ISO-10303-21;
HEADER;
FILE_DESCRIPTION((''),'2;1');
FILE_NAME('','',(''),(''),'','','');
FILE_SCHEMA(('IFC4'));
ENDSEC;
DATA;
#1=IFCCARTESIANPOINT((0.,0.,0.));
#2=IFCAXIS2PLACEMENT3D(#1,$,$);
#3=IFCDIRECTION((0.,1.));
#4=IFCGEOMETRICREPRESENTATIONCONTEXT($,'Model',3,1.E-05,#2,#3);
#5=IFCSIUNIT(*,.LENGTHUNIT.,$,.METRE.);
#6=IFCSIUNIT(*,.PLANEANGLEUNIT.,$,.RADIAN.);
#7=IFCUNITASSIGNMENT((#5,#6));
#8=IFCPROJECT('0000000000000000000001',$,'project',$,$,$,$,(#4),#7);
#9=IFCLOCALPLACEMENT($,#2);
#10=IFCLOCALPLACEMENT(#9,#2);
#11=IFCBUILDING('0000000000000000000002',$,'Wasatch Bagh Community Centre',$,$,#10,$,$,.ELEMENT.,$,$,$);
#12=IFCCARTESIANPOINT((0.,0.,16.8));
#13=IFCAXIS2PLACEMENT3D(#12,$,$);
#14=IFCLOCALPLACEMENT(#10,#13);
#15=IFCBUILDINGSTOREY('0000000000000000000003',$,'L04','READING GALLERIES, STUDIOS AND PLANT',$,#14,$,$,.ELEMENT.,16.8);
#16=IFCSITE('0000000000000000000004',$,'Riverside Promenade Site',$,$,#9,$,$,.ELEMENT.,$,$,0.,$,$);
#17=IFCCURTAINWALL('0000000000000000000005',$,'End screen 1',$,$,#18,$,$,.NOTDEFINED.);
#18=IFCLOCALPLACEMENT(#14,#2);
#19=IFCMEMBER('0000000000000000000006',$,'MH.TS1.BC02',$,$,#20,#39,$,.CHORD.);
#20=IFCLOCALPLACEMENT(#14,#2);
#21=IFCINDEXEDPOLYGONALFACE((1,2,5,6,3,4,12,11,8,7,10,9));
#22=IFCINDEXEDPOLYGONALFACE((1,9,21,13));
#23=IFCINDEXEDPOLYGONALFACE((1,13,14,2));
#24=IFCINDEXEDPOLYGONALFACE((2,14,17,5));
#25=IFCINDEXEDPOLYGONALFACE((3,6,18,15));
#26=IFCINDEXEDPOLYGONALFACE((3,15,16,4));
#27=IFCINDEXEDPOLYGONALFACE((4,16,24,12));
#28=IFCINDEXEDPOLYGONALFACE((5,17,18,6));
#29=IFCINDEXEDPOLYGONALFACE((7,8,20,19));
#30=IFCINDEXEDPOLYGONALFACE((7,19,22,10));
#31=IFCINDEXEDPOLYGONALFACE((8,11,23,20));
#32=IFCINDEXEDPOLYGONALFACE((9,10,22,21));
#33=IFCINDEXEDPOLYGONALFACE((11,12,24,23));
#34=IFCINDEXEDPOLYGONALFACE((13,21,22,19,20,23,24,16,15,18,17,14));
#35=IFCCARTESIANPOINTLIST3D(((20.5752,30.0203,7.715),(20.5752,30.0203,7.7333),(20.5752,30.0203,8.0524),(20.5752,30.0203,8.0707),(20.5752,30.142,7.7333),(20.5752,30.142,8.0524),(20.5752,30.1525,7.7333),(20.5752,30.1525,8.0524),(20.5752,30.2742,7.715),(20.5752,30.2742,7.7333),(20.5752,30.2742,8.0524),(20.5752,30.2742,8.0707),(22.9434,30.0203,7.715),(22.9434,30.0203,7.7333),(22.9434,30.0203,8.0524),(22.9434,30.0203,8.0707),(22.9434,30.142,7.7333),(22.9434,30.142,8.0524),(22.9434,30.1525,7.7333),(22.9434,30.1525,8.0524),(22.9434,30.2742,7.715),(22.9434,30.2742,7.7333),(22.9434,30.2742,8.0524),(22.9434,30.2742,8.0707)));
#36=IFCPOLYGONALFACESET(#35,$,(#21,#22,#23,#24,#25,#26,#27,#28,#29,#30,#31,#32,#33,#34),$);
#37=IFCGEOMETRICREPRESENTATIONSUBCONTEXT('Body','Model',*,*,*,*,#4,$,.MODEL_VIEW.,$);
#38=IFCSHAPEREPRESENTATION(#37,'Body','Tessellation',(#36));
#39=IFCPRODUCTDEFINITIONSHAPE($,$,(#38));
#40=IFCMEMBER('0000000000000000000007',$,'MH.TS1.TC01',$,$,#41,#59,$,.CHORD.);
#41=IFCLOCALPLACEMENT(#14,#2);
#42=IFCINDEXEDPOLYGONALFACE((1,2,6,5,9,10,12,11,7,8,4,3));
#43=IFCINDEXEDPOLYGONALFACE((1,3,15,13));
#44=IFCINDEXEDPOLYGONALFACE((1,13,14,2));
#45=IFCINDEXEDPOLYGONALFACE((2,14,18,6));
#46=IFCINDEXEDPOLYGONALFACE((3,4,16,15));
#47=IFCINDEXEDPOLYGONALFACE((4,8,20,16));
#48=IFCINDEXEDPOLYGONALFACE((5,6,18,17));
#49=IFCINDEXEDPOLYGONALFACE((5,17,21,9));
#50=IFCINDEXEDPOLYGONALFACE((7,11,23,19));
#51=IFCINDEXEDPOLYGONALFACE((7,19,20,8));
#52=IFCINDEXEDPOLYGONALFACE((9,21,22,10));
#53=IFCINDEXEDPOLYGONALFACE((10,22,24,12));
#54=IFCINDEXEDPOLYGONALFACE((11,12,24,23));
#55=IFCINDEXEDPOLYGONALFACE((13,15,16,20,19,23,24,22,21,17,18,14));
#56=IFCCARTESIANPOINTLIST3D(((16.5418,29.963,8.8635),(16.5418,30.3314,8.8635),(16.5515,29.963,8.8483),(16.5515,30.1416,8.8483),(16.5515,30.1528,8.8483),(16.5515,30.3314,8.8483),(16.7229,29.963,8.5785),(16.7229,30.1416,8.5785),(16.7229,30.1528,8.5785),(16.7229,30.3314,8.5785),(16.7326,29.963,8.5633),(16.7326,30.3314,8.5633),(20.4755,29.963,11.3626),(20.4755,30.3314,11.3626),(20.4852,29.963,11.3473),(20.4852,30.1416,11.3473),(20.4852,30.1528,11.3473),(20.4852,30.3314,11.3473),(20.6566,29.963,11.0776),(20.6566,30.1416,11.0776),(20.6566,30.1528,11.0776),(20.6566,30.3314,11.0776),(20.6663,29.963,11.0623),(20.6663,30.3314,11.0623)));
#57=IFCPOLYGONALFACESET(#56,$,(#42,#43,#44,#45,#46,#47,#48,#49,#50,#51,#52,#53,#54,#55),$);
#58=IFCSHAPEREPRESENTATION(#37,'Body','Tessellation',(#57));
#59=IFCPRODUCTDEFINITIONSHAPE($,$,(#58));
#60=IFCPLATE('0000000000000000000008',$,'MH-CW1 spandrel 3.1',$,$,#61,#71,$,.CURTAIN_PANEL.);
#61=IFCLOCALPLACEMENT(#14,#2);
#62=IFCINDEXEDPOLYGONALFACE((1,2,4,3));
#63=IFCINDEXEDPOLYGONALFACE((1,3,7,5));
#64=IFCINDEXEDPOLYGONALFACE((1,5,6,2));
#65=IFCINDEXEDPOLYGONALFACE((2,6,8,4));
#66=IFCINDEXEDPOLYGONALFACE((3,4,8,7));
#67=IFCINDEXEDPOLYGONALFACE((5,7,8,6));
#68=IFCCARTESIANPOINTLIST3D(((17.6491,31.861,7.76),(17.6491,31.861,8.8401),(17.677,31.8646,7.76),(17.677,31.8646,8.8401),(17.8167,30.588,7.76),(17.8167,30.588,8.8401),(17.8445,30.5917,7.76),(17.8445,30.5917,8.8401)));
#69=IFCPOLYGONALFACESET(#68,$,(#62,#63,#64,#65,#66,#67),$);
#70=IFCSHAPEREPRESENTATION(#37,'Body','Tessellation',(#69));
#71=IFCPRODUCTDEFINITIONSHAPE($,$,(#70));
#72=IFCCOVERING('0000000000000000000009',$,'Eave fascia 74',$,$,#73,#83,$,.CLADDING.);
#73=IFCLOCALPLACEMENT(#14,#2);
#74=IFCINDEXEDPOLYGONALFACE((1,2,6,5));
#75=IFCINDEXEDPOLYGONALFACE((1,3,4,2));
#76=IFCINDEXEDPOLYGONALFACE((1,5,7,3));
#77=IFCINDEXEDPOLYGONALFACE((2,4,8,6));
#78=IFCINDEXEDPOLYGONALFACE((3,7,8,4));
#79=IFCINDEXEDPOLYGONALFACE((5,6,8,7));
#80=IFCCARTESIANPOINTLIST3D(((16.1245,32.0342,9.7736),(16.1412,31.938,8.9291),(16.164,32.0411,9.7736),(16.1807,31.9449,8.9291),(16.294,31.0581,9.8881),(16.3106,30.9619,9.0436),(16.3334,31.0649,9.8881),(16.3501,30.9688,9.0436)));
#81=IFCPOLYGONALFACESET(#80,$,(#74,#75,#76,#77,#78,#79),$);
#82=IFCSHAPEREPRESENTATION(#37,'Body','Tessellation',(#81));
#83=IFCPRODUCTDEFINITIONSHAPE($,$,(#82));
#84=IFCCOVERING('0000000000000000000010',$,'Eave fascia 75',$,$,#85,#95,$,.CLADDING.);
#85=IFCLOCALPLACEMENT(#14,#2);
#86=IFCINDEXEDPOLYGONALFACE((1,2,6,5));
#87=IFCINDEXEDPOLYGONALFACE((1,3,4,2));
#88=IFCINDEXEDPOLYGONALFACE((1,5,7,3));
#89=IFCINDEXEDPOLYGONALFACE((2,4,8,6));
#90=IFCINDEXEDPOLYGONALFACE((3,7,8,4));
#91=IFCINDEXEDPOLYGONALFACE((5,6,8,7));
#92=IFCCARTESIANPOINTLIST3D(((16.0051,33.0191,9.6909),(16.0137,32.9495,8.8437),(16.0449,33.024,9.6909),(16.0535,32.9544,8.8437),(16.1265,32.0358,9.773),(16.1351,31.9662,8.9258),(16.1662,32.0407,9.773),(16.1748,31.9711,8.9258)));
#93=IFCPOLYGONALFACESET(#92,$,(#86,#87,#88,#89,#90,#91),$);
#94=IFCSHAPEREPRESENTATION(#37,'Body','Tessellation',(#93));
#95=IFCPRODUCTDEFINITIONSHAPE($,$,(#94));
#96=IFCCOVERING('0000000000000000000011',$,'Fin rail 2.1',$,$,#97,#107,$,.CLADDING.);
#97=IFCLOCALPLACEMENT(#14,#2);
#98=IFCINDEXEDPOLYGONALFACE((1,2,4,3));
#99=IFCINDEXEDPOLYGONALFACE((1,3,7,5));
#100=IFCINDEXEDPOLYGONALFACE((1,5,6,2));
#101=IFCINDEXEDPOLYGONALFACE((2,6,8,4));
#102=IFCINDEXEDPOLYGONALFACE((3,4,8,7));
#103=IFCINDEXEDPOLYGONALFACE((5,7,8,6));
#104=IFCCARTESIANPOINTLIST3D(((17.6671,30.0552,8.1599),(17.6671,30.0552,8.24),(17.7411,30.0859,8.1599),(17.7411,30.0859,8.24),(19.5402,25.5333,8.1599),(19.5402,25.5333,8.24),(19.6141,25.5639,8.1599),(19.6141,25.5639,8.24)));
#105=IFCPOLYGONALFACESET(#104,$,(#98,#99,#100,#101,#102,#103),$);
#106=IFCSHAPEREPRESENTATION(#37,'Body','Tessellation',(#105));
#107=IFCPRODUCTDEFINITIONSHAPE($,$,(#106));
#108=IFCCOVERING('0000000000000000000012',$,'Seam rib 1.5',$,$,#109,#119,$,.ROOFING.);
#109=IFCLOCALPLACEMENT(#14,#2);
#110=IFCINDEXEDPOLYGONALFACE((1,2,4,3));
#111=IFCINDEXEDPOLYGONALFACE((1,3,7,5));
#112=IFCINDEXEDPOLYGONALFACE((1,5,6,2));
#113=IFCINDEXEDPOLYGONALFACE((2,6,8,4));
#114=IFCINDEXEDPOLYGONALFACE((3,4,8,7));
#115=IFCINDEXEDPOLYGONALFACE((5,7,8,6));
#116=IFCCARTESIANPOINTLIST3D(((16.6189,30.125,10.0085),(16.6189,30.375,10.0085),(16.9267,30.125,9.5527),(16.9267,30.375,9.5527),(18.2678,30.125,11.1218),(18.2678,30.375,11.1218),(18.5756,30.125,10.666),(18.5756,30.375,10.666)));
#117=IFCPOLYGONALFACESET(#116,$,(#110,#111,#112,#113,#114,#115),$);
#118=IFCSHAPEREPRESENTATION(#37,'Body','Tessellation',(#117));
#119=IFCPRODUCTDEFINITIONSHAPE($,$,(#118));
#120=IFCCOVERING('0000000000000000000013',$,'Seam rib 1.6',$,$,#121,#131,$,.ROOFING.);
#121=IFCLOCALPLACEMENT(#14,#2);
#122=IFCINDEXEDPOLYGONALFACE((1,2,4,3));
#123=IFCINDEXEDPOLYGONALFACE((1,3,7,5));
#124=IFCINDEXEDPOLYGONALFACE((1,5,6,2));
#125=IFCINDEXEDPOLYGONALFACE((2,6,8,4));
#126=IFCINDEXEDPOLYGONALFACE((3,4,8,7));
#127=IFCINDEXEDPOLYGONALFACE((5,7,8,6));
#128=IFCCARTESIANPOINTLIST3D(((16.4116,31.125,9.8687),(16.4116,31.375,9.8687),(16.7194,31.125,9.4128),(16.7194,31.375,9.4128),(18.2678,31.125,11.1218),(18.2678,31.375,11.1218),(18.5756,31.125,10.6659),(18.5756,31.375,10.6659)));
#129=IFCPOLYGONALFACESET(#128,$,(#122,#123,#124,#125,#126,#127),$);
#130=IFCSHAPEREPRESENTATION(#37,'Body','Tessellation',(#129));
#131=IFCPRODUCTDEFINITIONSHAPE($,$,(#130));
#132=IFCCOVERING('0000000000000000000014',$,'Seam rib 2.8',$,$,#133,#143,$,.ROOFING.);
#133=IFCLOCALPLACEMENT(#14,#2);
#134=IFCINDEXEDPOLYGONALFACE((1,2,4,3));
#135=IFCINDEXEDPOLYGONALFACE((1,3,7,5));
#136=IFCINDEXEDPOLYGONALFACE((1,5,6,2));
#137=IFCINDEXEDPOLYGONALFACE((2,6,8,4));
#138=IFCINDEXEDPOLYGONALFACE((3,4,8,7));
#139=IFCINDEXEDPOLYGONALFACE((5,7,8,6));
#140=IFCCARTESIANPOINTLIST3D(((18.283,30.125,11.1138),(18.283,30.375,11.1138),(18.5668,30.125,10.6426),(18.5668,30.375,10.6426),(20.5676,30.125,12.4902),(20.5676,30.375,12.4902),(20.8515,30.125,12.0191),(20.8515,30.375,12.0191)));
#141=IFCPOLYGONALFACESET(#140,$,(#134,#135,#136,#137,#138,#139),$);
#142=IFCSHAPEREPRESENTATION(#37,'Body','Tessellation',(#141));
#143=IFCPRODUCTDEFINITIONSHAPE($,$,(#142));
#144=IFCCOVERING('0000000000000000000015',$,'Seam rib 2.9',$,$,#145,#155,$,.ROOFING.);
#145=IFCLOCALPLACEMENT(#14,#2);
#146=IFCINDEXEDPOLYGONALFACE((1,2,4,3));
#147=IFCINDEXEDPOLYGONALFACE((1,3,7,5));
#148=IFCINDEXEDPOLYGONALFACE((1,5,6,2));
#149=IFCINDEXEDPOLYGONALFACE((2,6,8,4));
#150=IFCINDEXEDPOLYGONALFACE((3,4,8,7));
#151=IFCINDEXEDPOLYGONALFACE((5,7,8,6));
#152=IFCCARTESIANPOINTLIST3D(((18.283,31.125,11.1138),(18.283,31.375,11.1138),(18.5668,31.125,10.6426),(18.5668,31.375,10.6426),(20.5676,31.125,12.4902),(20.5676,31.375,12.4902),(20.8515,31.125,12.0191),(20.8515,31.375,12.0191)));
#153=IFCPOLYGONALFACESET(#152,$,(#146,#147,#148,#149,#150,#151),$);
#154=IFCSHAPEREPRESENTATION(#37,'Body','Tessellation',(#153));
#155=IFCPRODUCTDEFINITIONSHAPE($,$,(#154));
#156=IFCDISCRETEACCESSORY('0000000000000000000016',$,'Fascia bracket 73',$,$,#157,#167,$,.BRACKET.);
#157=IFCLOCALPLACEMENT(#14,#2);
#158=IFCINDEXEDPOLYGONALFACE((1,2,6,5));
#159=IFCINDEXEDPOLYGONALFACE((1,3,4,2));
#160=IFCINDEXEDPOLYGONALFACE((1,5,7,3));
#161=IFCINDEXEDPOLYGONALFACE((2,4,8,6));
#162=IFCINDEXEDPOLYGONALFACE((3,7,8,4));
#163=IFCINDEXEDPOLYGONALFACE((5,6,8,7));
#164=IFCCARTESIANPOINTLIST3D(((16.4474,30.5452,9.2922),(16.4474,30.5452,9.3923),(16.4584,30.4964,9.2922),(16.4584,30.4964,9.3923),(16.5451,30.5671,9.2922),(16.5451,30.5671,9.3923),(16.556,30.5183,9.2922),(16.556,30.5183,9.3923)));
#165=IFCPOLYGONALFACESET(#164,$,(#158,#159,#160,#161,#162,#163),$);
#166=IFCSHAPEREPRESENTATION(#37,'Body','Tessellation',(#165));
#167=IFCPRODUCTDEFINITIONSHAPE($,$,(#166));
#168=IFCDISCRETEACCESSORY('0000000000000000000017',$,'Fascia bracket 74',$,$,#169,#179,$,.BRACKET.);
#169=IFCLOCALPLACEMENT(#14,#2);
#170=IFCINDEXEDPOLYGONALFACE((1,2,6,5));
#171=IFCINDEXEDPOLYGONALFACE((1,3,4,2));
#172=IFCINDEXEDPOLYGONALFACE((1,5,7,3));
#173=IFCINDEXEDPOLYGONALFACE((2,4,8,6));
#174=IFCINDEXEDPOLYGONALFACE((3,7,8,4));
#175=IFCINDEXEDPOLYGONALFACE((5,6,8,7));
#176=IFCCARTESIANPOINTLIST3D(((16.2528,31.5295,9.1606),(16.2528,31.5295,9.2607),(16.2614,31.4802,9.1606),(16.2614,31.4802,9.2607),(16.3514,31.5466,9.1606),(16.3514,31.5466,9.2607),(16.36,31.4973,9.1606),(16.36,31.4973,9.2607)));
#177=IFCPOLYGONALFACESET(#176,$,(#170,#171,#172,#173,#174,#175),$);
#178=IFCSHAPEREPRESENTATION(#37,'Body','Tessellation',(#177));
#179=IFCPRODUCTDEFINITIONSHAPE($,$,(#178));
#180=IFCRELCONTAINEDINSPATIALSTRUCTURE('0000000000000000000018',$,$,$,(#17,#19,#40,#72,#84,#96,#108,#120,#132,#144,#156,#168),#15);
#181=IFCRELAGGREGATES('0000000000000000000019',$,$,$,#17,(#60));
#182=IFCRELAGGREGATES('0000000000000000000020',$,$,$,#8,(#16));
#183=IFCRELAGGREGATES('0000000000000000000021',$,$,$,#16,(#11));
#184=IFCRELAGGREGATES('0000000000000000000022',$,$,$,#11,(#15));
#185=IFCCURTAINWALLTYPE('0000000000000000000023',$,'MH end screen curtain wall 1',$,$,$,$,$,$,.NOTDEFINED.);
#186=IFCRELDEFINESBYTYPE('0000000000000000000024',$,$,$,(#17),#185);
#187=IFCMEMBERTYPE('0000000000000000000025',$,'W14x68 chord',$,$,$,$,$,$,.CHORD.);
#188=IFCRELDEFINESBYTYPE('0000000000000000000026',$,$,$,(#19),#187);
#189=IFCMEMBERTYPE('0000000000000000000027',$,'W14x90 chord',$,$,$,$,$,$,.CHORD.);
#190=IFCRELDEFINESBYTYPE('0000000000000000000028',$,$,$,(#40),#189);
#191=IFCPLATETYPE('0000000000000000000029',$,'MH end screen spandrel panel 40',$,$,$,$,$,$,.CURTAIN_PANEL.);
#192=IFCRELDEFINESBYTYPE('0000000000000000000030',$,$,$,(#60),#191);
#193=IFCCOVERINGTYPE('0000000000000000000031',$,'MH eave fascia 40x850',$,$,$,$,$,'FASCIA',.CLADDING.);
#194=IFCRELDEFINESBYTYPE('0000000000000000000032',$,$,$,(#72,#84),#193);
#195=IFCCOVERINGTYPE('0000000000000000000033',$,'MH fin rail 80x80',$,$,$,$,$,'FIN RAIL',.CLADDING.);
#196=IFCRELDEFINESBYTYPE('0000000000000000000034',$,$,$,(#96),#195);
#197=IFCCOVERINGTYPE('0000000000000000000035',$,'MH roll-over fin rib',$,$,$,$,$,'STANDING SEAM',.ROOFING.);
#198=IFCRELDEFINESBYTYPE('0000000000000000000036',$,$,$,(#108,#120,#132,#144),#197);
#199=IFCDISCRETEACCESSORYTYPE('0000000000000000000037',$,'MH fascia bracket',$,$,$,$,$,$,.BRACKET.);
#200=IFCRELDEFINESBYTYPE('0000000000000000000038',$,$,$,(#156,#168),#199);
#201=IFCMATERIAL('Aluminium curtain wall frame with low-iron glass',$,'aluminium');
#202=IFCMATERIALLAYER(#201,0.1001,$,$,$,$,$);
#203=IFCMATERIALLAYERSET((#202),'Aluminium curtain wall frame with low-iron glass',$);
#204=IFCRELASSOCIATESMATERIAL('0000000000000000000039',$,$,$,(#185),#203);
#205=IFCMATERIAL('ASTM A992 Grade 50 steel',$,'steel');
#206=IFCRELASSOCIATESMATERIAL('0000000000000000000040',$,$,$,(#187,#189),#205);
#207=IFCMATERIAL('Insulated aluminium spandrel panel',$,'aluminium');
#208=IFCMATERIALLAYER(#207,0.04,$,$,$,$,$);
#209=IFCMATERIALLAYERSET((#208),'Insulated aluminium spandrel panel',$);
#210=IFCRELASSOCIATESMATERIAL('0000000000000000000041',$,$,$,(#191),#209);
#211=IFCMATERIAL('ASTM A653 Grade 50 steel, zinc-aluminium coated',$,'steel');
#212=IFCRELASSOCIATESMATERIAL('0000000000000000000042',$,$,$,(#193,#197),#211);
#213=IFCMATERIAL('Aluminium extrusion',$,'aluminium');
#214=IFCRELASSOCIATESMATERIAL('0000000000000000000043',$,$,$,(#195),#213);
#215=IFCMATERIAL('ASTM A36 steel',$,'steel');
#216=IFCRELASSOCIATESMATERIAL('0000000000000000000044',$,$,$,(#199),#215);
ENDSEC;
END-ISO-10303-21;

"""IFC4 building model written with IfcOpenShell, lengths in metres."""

from ifc_helpers import new_model, si_unit, direction, frame, origin, origin_2d, place, context, subcontext, project, spatial, polyline, rectangle, i_section, outline, extrude, material, layer, layer_set, material_profile, profile_set, type_object, element, aggregate, save


model = new_model("IFC4")

# Units and contexts
model_context = context("Model", 3, precision=1e-05, world=origin(), true_north=direction((0.0, 1.0)))
body_context = subcontext(model_context, "Body", "Model", "MODEL_VIEW")
ifc_project = project(units=[si_unit("LENGTHUNIT", "METRE"), si_unit("PLANEANGLEUNIT", "RADIAN")], contexts=[model_context])

# Site, building, storey
site_placement = place(None, origin())
site = spatial("IfcSite", under=ifc_project, at=site_placement, Name="Riverside Promenade Site", CompositionType="ELEMENT", RefElevation=0.0)
building_placement = place(site_placement, origin())
building = spatial("IfcBuilding", under=site, at=building_placement, Name="Wasatch Bagh Community Centre", CompositionType="ELEMENT")
storey_placement = place(building_placement, frame((0.0, 0.0, 16.8)))
storey = spatial("IfcBuildingStorey", under=building, at=storey_placement, Name="L04", Description="READING GALLERIES, STUDIOS AND PLANT", CompositionType="ELEMENT", Elevation=16.8)

# Curtain wall
ifc_material_1 = material(Name="Aluminium curtain wall frame with low-iron glass", Category="aluminium")
ifc_layer_1 = layer(ifc_material_1, 0.1001)
ifc_layer_set_1 = layer_set([ifc_layer_1], Name="Aluminium curtain wall frame with low-iron glass")
curtain_wall_type = type_object("IfcCurtainWallType", Name="MH end screen curtain wall 1", PredefinedType="NOTDEFINED", material=ifc_layer_set_1)
curtain_wall_placement = place(storey_placement, origin())
curtain_wall = element("IfcCurtainWall", 1, at=curtain_wall_placement, inside=storey, type_object=curtain_wall_type, Name="End screen 1", PredefinedType="NOTDEFINED")
ifc_material_2 = material(Name="Aluminium extrusion", Category="aluminium")

# Members
ifc_material_3 = material(Name="ASTM A992 Grade 50 steel", Category="steel")
ifc_material_profile_1 = material_profile(ifc_material_3, i_section(OverallWidth=0.2539, OverallDepth=0.3557, WebThickness=0.0105, FlangeThickness=0.0183, at=origin_2d()), Name="W14x68")
ifc_profile_set_1 = profile_set([ifc_material_profile_1], Name="ASTM A992 Grade 50 steel")
member_type_1 = type_object("IfcMemberType", Name="W14x68 chord", PredefinedType="CHORD", material=ifc_profile_set_1)
member_1_placement = place(storey_placement, frame((20.5752, 30.1472, 7.8928), z_axis=(1.0, 0.0, 0.0), x_axis=(0.0, 1.0, 0.0)))
element("IfcMember", 2, at=member_1_placement, inside=storey, type_object=member_type_1, Name="MH.TS1.BC02", PredefinedType="CHORD", context=body_context, shape_type="SweptSolid", body=[
    extrude(i_section(OverallWidth=0.2539, OverallDepth=0.3557, WebThickness=0.0105, FlangeThickness=0.0183, at=origin_2d()), origin(), (0.0, 0.0, 1.0), 2.3682),
])
ifc_material_profile_2 = material_profile(ifc_material_3, i_section(OverallWidth=0.3684, OverallDepth=0.3557, WebThickness=0.0112, FlangeThickness=0.0181, at=origin_2d()), Name="W14x90")
ifc_profile_set_2 = profile_set([ifc_material_profile_2], Name="ASTM A992 Grade 50 steel")
member_type_2 = type_object("IfcMemberType", Name="W14x90 chord", PredefinedType="CHORD", material=ifc_profile_set_2)
member_2_placement = place(storey_placement, frame((16.6372, 30.1472, 8.7134), z_axis=(0.844067, 0.0, 0.536238), x_axis=(0.0, 1.0, 0.0)))
element("IfcMember", 3, at=member_2_placement, inside=storey, type_object=member_type_2, Name="MH.TS1.TC01", PredefinedType="CHORD", context=body_context, shape_type="SweptSolid", body=[
    extrude(i_section(OverallWidth=0.3684, OverallDepth=0.3557, WebThickness=0.0112, FlangeThickness=0.0181, at=origin_2d()), origin(), (0.0, 0.0, 1.0), 4.6604),
])

# Plate
ifc_material_4 = material(Name="Insulated aluminium spandrel panel", Category="aluminium")
ifc_layer_2 = layer(ifc_material_4, 0.04)
ifc_layer_set_2 = layer_set([ifc_layer_2], Name="Insulated aluminium spandrel panel")
plate_type = type_object("IfcPlateType", Name="MH end screen spandrel panel 40", PredefinedType="CURTAIN_PANEL", material=ifc_layer_set_2)
plate_placement = place(storey_placement, frame((17.7468, 31.2263, 7.76), z_axis=(0.0, 0.0, 1.0), x_axis=(0.130526, -0.991445, 0.0)))
plate = element("IfcPlate", 4, at=plate_placement, type_object=plate_type, Name="MH-CW1 spandrel 3.1", PredefinedType="CURTAIN_PANEL", context=body_context, shape_type="SweptSolid", body=[
    extrude(rectangle(XDim=1.2839, YDim=0.0281, at=origin_2d()), origin(), (0.0, 0.0, 1.0), 1.0801),
])
aggregate(curtain_wall, [plate])

# Coverings
ifc_material_5 = material(Name="ASTM A653 Grade 50 steel, zinc-aluminium coated", Category="steel")
ifc_material_profile_3 = material_profile(ifc_material_5, rectangle(XDim=0.04, YDim=0.8501, at=origin_2d()), Name="FASCIA 40x850")
ifc_profile_set_3 = profile_set([ifc_material_profile_3], Name="ASTM A653 Grade 50 steel, zinc-aluminium coated")
covering_type_1 = type_object("IfcCoveringType", Name="MH eave fascia 40x850", ElementType="FASCIA", PredefinedType="CLADDING", material=ifc_profile_set_3)
covering_1_placement = place(storey_placement, frame((16.322, 31.0134, 9.4658), z_axis=(-0.169898, 0.97875, -0.114816), x_axis=(-0.985266, -0.171029, 0.0)))
element("IfcCovering", 5, at=covering_1_placement, inside=storey, type_object=covering_type_1, Name="Eave fascia 74", PredefinedType="CLADDING", context=body_context, shape_type="SweptSolid", body=[
    extrude(rectangle(XDim=0.04, YDim=0.8501, at=origin_2d()), origin(), (0.0, 0.0, 1.0), 0.9973),
])
covering_2_placement = place(storey_placement, frame((16.1506, 32.0034, 9.3494), z_axis=(-0.12204, 0.98909, -0.082506), x_axis=(-0.992474, -0.122458, 0.0)))
element("IfcCovering", 6, at=covering_2_placement, inside=storey, type_object=covering_type_1, Name="Eave fascia 75", PredefinedType="CLADDING", context=body_context, shape_type="SweptSolid", body=[
    extrude(rectangle(XDim=0.04, YDim=0.8501, at=origin_2d()), origin(), (0.0, 0.0, 1.0), 0.9941),
])
ifc_material_profile_4 = material_profile(ifc_material_2, rectangle(XDim=0.0801, YDim=0.0801, at=origin_2d()), Name="AL 80x80")
ifc_profile_set_4 = profile_set([ifc_material_profile_4], Name="Aluminium extrusion")
covering_type_2 = type_object("IfcCoveringType", Name="MH fin rail 80x80", ElementType="FIN RAIL", PredefinedType="CLADDING", material=ifc_profile_set_4)
covering_3_placement = place(storey_placement, frame((17.7041, 30.0706, 8.2), z_axis=(0.382681, -0.923881, 0.0), x_axis=(0.923881, 0.382681, 0.0)))
element("IfcCovering", 7, at=covering_3_placement, inside=storey, type_object=covering_type_2, Name="Fin rail 2.1", PredefinedType="CLADDING", context=body_context, shape_type="SweptSolid", body=[
    extrude(rectangle(XDim=0.0801, YDim=0.0801, at=origin_2d()), origin(), (0.0, 0.0, 1.0), 4.8945),
])
covering_type_3 = type_object("IfcCoveringType", Name="MH roll-over fin rib", ElementType="STANDING SEAM", PredefinedType="ROOFING", material=ifc_material_5)
covering_4_placement = place(storey_placement, frame((16.6189, 30.125, 10.0085), z_axis=(-0.559561, 0.0, 0.828789), x_axis=(0.828789, 0.0, 0.559561)))
element("IfcCovering", 8, at=covering_4_placement, inside=storey, type_object=covering_type_3, Name="Seam rib 1.5", PredefinedType="ROOFING", context=body_context, shape_type="SweptSolid", body=[
    extrude(outline(polyline([(0.0, 0.0), (1.9896, 0.0), (1.9896, 0.25), (0.0, 0.25), (0.0, 0.0)])), origin(), (0.0, 0.0, -1.0), 0.55),
])
covering_5_placement = place(storey_placement, frame((16.4116, 31.125, 9.8687), z_axis=(-0.559546, 0.0, 0.828799), x_axis=(0.828799, 0.0, 0.559546)))
element("IfcCovering", 9, at=covering_5_placement, inside=storey, type_object=covering_type_3, Name="Seam rib 1.6", PredefinedType="ROOFING", context=body_context, shape_type="SweptSolid", body=[
    extrude(outline(polyline([(0.0, 0.0), (2.2396, 0.0), (2.2396, 0.25), (0.0, 0.25), (0.0, 0.0)])), origin(), (0.0, 0.0, -1.0), 0.55),
])
for number, where, z_axis, x_axis, name in (
    (10, (18.283, 30.125, 11.1138), (-0.516056, 0.0, 0.856555), (0.856555, 0.0, 0.516056), "Seam rib 2.8"),
    (11, (18.283, 31.125, 11.1138), (-0.516056, 0.0, 0.856555), (0.856555, 0.0, 0.516056), "Seam rib 2.9"),
):
    element("IfcCovering", number, at=place(storey_placement, frame(where, z_axis=z_axis, x_axis=x_axis)), inside=storey, type_object=covering_type_3, Name=name, PredefinedType="ROOFING", context=body_context, shape_type="SweptSolid", body=[
        extrude(outline(polyline([(0.0, 0.0), (2.6673, 0.0), (2.6673, 0.25), (0.0, 0.25), (0.0, 0.0)])), origin(), (0.0, 0.0, -1.0), 0.55),
    ])

# Discrete accessories
ifc_material_6 = material(Name="ASTM A36 steel", Category="steel")
discrete_accessory_type_1 = type_object("IfcDiscreteAccessoryType", Name="MH fascia bracket", PredefinedType="BRACKET", material=ifc_material_6)
for number, where, z_axis, x_axis, name in (
    (12, (16.5017, 30.5317, 9.2922), (0.0, 0.0, 1.0), (-0.975702, -0.219101, 0.0), "Fascia bracket 73"),
    (13, (16.3064, 31.5134, 9.1606), (0.0, 0.0, 1.0), (-0.985278, -0.170962, 0.0), "Fascia bracket 74"),
):
    element("IfcDiscreteAccessory", number, at=place(storey_placement, frame(where, z_axis=z_axis, x_axis=x_axis)), inside=storey, type_object=discrete_accessory_type_1, Name=name, PredefinedType="BRACKET", context=body_context, shape_type="SweptSolid", body=[
        extrude(rectangle(XDim=0.1001, YDim=0.05, at=origin_2d()), origin(), (0.0, 0.0, 1.0), 0.1001),
    ])

save(model, "model.ifc")
